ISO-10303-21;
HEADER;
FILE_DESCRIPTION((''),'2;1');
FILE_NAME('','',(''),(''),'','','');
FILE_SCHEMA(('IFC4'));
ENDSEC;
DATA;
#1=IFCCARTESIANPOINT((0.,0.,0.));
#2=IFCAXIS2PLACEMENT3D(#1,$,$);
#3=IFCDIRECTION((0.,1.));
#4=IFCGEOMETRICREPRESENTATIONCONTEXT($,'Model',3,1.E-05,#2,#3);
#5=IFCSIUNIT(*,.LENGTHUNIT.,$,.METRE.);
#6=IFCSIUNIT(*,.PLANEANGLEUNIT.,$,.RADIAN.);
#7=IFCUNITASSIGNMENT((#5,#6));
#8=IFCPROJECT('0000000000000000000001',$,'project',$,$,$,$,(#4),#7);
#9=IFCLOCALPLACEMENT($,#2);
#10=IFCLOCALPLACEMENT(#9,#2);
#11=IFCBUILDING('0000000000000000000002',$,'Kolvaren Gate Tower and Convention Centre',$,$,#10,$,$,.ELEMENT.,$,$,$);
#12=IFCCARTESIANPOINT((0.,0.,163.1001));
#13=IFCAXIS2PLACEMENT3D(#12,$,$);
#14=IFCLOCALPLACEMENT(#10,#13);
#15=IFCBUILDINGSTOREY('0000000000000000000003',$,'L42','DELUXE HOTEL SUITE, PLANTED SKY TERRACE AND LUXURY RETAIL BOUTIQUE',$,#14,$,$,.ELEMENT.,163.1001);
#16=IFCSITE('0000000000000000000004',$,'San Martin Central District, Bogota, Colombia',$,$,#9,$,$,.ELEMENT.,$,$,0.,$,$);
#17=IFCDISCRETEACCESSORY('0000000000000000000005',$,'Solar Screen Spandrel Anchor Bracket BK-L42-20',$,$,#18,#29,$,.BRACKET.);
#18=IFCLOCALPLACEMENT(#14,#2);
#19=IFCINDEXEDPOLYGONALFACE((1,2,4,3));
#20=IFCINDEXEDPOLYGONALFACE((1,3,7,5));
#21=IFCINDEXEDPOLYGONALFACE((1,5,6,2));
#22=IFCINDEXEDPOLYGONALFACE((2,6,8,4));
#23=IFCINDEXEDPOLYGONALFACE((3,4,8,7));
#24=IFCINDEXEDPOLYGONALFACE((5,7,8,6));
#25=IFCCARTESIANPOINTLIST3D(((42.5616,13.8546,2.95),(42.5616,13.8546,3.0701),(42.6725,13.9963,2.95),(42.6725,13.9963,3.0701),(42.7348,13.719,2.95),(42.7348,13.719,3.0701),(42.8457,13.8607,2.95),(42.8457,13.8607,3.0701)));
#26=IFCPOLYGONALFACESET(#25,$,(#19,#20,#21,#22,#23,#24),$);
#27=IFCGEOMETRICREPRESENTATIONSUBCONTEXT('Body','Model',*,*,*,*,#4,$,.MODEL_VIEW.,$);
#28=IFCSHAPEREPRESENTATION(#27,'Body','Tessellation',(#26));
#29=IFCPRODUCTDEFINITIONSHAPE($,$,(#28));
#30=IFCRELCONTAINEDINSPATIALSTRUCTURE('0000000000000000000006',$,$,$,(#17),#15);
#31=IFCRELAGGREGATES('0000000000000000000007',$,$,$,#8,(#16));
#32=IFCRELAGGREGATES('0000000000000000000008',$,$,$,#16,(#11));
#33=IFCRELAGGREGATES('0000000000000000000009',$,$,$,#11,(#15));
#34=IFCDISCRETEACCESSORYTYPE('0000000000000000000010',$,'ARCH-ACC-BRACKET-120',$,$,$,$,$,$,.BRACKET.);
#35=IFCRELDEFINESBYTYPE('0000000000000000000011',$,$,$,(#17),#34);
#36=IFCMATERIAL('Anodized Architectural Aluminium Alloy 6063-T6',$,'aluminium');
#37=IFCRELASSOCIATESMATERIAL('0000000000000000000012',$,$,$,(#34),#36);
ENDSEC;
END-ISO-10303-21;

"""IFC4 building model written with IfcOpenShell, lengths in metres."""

from ifc_helpers import new_model, si_unit, direction, frame, origin, origin_2d, place, context, subcontext, project, spatial, rectangle, extrude, material, type_object, element, save


model = new_model("IFC4")

# Units and contexts
model_context = context("Model", 3, precision=1e-05, world=origin(), true_north=direction((0.0, 1.0)))
body_context = subcontext(model_context, "Body", "Model", "MODEL_VIEW")
ifc_project = project(units=[si_unit("LENGTHUNIT", "METRE"), si_unit("PLANEANGLEUNIT", "RADIAN")], contexts=[model_context])

# Site, building, storey
site_placement = place(None, origin())
site = spatial("IfcSite", under=ifc_project, at=site_placement, Name="San Martin Central District, Bogota, Colombia", CompositionType="ELEMENT", RefElevation=0.0)
building_placement = place(site_placement, origin())
building = spatial("IfcBuilding", under=site, at=building_placement, Name="Kolvaren Gate Tower and Convention Centre", CompositionType="ELEMENT")
storey_placement = place(building_placement, frame((0.0, 0.0, 163.1001)))
storey = spatial("IfcBuildingStorey", under=building, at=storey_placement, Name="L42", Description="DELUXE HOTEL SUITE, PLANTED SKY TERRACE AND LUXURY RETAIL BOUTIQUE", CompositionType="ELEMENT", Elevation=163.1001)

# Shared definitions
ifc_material_1 = material(Name="Anodized Architectural Aluminium Alloy 6063-T6", Category="aluminium")

# Discrete accessory
discrete_accessory_type = type_object("IfcDiscreteAccessoryType", Name="ARCH-ACC-BRACKET-120", PredefinedType="BRACKET", material=ifc_material_1)
discrete_accessory_placement = place(storey_placement, frame((42.7036, 13.8577, 2.95), z_axis=(0.0, 0.0, 1.0), x_axis=(0.616434, 0.787406, 0.0)))
element("IfcDiscreteAccessory", 1, at=discrete_accessory_placement, inside=storey, type_object=discrete_accessory_type, Name="Solar Screen Spandrel Anchor Bracket BK-L42-20", PredefinedType="BRACKET", context=body_context, shape_type="SweptSolid", body=[
    extrude(rectangle(XDim=0.1799, YDim=0.22, at=origin_2d()), origin(), (0.0, 0.0, 1.0), 0.1201),
])

save(model, "model.ifc")
